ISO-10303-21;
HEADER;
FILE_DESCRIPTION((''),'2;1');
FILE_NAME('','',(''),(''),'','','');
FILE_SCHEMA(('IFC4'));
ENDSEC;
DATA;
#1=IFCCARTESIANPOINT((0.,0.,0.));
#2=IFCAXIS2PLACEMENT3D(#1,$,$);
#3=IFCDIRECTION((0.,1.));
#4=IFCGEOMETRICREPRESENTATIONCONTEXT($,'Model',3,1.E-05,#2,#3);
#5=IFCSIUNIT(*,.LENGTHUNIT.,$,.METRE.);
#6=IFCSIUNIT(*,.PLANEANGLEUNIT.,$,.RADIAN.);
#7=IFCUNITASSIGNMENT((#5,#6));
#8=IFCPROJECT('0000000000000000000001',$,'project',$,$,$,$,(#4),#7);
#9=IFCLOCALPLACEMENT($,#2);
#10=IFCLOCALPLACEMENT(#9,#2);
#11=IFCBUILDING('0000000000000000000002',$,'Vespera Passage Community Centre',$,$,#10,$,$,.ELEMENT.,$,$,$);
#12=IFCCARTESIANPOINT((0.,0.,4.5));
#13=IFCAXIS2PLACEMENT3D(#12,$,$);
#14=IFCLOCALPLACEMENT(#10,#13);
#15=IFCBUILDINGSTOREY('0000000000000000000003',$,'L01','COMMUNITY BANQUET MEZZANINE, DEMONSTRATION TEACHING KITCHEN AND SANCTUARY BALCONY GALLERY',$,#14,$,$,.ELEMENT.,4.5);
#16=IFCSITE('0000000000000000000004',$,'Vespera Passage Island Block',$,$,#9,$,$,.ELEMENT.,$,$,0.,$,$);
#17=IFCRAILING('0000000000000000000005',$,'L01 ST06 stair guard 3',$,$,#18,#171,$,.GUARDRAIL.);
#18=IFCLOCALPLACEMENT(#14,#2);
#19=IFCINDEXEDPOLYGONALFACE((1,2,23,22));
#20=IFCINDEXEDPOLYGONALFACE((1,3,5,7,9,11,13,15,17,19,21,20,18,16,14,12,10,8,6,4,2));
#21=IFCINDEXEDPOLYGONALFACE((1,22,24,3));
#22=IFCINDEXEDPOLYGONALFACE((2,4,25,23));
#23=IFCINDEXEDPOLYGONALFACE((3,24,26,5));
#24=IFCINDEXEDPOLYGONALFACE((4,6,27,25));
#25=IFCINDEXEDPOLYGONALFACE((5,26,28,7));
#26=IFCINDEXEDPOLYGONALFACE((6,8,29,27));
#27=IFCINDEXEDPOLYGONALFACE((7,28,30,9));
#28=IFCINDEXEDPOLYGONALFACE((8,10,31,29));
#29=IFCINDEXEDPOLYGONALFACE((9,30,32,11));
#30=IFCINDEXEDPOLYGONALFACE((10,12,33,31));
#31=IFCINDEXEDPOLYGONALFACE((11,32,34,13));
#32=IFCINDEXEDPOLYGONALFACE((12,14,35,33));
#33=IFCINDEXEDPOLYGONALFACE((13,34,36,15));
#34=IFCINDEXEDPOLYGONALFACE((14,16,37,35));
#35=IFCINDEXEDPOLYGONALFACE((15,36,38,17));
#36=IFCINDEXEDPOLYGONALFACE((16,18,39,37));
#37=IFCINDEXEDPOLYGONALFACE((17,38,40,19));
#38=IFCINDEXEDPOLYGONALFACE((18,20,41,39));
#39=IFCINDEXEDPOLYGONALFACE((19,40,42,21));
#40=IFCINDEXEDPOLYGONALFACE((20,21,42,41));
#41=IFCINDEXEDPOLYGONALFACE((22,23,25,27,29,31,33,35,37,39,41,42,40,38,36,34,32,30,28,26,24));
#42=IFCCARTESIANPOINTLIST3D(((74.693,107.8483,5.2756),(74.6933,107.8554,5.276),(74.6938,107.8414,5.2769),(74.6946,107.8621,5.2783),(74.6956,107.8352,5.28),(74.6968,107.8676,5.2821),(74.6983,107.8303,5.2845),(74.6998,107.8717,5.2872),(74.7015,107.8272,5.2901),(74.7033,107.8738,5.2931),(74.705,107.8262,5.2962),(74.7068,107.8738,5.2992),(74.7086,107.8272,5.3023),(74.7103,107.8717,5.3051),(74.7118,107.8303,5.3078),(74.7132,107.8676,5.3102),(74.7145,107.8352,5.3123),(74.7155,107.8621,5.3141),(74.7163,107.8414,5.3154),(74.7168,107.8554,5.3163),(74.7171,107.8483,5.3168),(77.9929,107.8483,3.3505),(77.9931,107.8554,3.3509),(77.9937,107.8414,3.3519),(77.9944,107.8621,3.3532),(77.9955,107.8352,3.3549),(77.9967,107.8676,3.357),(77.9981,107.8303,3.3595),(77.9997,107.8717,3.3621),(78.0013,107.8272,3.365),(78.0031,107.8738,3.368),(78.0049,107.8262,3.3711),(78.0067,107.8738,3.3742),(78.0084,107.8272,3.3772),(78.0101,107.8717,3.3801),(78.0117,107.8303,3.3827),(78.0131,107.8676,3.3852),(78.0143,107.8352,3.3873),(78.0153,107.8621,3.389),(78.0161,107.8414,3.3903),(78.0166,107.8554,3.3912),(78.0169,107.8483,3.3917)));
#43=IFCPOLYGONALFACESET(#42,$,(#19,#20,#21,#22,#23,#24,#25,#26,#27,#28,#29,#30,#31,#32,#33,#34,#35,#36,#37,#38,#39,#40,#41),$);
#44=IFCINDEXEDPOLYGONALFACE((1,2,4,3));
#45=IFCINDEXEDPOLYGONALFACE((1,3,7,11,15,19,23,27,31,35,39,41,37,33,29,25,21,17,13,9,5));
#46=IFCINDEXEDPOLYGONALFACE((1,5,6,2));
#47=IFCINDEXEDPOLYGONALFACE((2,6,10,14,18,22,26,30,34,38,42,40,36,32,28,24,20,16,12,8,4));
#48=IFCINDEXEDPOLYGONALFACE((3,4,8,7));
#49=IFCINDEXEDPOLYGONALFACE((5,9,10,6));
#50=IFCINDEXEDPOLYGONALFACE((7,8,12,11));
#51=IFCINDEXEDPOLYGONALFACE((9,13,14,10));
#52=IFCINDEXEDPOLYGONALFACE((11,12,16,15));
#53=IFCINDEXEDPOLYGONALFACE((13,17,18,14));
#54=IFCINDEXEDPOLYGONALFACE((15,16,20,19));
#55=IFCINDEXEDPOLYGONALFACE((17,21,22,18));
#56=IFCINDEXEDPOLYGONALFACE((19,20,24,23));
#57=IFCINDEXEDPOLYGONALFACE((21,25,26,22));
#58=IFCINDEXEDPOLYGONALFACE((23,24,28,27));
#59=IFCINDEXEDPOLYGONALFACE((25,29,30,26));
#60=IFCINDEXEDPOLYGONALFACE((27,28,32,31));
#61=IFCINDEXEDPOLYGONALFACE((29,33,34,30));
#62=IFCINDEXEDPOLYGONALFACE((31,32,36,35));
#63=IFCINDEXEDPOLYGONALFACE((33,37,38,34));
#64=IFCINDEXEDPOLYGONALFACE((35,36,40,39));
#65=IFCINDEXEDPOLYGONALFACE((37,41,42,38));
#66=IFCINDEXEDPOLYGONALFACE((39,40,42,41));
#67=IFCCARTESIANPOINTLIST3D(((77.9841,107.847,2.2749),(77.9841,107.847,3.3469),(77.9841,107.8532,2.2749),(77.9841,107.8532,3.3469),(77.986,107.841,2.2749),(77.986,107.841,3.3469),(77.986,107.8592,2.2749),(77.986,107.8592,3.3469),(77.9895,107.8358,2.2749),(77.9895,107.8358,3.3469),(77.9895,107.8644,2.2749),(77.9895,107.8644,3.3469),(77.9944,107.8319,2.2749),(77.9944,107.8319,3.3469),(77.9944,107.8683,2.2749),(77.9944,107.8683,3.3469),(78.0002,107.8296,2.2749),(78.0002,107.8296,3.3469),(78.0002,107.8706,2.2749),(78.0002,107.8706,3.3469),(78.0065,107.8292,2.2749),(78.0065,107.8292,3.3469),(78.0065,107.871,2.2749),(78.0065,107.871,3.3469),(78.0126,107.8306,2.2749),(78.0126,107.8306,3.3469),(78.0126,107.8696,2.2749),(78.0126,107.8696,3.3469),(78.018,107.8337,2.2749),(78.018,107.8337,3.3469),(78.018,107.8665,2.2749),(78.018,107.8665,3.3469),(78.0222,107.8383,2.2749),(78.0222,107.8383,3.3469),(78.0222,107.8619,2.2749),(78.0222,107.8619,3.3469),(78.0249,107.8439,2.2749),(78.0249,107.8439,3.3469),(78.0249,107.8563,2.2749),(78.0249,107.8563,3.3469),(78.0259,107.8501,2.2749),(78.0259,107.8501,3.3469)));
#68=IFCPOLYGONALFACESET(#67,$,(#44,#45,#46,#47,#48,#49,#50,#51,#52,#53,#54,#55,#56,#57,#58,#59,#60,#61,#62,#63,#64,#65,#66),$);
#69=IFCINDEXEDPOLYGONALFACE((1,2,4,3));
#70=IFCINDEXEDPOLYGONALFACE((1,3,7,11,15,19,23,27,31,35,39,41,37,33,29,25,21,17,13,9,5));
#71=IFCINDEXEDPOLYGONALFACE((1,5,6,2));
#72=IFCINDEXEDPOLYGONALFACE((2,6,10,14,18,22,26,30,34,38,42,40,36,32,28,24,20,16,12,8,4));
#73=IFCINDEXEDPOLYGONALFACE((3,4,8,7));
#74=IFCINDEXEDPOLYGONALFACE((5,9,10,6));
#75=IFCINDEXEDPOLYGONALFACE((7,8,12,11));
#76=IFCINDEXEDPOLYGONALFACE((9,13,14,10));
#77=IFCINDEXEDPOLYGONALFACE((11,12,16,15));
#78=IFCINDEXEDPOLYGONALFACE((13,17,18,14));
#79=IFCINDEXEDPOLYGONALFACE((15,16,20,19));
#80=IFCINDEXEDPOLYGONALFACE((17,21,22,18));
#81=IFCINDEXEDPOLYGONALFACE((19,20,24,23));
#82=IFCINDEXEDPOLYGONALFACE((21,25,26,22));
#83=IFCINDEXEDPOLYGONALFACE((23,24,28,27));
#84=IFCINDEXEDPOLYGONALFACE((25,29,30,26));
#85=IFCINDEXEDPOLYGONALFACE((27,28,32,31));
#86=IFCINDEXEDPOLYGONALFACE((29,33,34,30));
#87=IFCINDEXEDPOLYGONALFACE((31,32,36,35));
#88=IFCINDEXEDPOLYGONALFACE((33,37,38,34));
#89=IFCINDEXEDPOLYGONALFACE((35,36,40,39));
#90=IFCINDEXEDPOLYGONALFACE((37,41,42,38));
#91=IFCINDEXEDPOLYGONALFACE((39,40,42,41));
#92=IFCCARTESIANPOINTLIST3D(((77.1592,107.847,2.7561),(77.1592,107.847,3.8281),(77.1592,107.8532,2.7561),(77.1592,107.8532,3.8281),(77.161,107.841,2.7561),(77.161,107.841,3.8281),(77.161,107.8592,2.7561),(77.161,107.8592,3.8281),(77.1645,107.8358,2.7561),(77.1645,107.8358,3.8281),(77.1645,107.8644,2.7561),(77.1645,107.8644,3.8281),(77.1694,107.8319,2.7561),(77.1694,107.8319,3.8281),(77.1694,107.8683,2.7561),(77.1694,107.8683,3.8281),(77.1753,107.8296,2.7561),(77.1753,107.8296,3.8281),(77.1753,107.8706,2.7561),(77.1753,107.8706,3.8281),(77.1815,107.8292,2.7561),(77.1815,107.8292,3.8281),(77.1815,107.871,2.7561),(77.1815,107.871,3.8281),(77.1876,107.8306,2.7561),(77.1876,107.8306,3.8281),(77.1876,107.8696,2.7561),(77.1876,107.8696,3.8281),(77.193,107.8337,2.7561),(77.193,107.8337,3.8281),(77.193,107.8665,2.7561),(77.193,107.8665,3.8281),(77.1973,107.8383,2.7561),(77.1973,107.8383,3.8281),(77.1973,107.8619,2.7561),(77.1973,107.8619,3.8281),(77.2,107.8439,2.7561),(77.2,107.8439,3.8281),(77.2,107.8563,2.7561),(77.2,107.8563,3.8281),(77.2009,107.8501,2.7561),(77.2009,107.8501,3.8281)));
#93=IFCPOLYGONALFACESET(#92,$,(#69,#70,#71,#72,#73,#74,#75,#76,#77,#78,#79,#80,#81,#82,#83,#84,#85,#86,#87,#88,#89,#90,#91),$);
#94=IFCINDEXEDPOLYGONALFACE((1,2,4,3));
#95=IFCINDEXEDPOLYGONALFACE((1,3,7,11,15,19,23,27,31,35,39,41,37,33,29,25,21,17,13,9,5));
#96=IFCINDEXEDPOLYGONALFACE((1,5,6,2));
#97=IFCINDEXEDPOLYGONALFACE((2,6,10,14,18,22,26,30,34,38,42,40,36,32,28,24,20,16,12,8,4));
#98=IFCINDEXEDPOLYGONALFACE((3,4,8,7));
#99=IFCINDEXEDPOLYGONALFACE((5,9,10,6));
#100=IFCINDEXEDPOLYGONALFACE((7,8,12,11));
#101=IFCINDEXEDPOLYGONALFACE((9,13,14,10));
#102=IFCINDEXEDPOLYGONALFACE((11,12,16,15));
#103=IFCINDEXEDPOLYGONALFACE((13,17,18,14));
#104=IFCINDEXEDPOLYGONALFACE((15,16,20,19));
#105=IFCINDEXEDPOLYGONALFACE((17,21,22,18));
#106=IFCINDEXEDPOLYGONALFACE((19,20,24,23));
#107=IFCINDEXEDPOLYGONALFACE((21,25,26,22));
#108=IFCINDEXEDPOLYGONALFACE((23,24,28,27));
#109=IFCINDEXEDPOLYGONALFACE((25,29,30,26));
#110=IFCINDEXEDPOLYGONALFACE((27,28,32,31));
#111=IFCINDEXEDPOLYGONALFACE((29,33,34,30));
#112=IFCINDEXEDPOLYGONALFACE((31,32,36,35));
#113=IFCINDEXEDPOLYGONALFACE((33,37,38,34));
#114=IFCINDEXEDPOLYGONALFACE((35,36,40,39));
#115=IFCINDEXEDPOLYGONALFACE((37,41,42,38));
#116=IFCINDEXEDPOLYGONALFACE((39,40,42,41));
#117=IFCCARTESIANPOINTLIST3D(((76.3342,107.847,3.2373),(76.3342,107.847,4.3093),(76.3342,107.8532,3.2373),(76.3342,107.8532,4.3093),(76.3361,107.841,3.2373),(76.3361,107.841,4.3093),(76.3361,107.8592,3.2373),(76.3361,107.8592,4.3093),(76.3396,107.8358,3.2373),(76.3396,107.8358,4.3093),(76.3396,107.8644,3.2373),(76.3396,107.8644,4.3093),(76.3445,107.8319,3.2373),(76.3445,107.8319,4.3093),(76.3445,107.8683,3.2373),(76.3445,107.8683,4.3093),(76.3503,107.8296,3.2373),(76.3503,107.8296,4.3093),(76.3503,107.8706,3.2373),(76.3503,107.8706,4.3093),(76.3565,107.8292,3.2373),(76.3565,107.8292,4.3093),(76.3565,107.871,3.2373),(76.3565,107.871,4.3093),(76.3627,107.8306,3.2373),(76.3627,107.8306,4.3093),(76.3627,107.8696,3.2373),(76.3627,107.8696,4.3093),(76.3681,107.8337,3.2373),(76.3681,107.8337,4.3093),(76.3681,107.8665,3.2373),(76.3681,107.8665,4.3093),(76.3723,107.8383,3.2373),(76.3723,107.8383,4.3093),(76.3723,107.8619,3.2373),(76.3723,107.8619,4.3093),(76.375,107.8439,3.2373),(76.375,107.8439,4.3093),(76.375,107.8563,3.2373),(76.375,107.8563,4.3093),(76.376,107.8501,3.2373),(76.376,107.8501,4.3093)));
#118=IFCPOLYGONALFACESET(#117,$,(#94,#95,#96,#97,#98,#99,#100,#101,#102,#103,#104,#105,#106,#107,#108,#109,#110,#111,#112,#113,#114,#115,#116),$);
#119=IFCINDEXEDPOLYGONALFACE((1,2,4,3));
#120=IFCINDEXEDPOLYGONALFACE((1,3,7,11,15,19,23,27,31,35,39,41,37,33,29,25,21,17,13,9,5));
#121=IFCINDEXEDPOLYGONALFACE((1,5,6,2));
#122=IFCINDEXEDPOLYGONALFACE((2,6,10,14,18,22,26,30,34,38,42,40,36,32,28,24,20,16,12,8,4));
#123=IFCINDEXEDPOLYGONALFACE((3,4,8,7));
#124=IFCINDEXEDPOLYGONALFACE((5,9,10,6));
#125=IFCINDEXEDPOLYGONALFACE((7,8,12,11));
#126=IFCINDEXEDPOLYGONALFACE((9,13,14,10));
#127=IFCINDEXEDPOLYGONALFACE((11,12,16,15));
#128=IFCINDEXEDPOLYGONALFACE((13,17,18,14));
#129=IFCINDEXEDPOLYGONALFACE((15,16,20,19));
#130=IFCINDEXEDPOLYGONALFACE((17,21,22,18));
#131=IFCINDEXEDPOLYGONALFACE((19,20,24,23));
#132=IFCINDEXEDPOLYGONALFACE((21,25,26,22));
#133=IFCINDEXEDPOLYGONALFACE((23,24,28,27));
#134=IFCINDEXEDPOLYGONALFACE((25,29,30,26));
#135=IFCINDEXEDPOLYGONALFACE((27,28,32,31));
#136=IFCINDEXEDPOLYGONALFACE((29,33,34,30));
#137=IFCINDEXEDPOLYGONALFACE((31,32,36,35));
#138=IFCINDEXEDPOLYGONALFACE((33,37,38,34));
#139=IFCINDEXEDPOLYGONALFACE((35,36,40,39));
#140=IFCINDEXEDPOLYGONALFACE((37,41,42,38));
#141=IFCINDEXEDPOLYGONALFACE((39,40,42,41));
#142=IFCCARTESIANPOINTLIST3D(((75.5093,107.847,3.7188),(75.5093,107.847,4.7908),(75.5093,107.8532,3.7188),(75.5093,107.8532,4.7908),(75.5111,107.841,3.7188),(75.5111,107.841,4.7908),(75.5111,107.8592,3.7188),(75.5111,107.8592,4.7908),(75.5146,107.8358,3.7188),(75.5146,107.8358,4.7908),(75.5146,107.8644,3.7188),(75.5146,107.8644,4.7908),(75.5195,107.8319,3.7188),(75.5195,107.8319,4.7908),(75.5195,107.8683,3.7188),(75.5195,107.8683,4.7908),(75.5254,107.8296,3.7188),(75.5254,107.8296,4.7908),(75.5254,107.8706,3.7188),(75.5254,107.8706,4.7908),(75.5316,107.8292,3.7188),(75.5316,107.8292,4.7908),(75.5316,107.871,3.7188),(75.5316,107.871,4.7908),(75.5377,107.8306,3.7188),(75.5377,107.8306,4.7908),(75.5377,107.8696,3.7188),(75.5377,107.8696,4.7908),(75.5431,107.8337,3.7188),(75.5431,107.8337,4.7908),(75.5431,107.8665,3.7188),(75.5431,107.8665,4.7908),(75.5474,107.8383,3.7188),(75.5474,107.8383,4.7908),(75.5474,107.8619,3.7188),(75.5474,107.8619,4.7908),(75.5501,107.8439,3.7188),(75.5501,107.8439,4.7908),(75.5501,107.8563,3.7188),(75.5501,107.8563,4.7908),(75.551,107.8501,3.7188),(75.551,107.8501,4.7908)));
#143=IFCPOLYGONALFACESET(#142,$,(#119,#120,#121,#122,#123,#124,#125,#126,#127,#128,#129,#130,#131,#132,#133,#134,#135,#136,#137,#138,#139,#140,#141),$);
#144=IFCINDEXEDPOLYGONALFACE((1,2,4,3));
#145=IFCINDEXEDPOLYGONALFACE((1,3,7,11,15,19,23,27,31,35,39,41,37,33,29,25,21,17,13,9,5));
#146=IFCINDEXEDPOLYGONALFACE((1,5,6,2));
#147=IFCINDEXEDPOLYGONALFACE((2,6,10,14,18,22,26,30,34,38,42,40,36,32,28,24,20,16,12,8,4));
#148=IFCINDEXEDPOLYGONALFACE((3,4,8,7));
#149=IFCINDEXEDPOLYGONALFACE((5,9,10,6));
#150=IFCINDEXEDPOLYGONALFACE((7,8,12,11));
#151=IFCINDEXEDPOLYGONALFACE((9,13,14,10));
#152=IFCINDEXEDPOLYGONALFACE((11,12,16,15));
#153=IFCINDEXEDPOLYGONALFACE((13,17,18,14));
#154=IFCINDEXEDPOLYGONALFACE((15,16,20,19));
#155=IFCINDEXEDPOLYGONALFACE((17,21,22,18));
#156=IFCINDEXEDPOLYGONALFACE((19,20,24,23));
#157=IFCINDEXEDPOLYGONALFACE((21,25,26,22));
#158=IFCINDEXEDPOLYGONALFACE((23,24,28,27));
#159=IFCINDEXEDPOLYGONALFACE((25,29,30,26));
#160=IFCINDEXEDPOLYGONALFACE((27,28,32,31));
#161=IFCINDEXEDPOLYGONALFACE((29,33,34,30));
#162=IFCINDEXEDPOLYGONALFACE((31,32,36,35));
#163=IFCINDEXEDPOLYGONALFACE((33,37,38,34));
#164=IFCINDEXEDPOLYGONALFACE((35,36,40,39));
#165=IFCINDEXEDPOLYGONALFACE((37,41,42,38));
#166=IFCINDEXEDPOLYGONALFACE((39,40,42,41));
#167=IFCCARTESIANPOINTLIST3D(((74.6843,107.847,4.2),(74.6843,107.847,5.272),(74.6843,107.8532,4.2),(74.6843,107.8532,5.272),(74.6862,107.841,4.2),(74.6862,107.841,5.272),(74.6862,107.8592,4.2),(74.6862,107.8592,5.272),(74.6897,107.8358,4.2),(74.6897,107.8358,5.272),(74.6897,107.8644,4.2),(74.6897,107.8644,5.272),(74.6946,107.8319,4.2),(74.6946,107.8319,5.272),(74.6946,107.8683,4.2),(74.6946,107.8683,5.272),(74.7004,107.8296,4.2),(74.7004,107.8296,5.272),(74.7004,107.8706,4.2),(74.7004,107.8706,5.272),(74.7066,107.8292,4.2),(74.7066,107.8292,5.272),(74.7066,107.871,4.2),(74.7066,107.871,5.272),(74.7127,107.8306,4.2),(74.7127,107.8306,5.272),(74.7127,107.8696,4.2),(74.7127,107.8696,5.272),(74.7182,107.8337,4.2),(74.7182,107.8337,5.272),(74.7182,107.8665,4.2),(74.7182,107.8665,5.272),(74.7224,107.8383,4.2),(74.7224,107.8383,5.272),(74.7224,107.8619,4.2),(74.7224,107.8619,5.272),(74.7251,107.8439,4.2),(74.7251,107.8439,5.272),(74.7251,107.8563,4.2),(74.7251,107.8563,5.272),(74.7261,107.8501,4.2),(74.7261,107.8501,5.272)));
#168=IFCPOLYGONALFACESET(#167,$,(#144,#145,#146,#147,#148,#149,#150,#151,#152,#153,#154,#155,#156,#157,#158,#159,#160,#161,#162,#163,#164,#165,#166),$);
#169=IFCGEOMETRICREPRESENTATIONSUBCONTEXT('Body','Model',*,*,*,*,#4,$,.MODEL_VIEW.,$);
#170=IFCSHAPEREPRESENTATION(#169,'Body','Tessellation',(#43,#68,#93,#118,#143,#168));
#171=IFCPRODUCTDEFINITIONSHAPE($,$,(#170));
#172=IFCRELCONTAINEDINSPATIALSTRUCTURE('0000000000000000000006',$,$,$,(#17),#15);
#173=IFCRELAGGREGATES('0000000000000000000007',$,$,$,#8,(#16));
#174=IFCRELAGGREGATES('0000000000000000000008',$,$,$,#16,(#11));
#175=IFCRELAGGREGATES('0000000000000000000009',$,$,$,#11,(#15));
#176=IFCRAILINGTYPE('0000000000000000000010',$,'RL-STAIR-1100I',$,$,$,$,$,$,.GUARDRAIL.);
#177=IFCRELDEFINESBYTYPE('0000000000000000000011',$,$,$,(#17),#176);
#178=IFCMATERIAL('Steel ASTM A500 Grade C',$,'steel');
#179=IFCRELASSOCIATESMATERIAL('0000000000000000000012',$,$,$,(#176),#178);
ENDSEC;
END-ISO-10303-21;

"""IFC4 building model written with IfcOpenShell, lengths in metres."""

from ifc_helpers import new_model, si_unit, direction, frame, origin, origin_2d, place, context, subcontext, project, spatial, circle, extrude, material, type_object, element, save


model = new_model("IFC4")

# Units and contexts
model_context = context("Model", 3, precision=1e-05, world=origin(), true_north=direction((0.0, 1.0)))
body_context = subcontext(model_context, "Body", "Model", "MODEL_VIEW")
ifc_project = project(units=[si_unit("LENGTHUNIT", "METRE"), si_unit("PLANEANGLEUNIT", "RADIAN")], contexts=[model_context])

# Site, building, storey
site_placement = place(None, origin())
site = spatial("IfcSite", under=ifc_project, at=site_placement, Name="Vespera Passage Island Block", CompositionType="ELEMENT", RefElevation=0.0)
building_placement = place(site_placement, origin())
building = spatial("IfcBuilding", under=site, at=building_placement, Name="Vespera Passage Community Centre", CompositionType="ELEMENT")
storey_placement = place(building_placement, frame((0.0, 0.0, 4.5)))
storey = spatial("IfcBuildingStorey", under=building, at=storey_placement, Name="L01", Description="COMMUNITY BANQUET MEZZANINE, DEMONSTRATION TEACHING KITCHEN AND SANCTUARY BALCONY GALLERY", CompositionType="ELEMENT", Elevation=4.5)

# Railing
ifc_material_1 = material(Name="Steel ASTM A500 Grade C", Category="steel")
railing_type_1 = type_object("IfcRailingType", Name="RL-STAIR-1100I", PredefinedType="GUARDRAIL", material=ifc_material_1)
railing_1_placement = place(storey_placement, frame((78.0049, 107.8501, 2.2749)))
element("IfcRailing", 1, at=railing_1_placement, inside=storey, type_object=railing_type_1, Name="L01 ST06 stair guard 3", PredefinedType="GUARDRAIL", context=body_context, shape_type="SweptSolid", body=[
    extrude(circle(Radius=0.0239, at=origin_2d()), frame((0.0, 0.0, 1.0962), z_axis=(-0.86376, 0.0, 0.503903), x_axis=(0.0, -1.0, 0.0)), (0.0, 0.0, 1.0), 3.8203),
    extrude(circle(Radius=0.021, at=origin_2d()), origin(), (0.0, 0.0, 1.0), 1.072),
    extrude(circle(Radius=0.021, at=origin_2d()), frame((-0.825, 0.0, 0.4812)), (0.0, 0.0, 1.0), 1.072),
    extrude(circle(Radius=0.021, at=origin_2d()), frame((-1.6499, 0.0, 0.9624)), (0.0, 0.0, 1.0), 1.072),
    extrude(circle(Radius=0.021, at=origin_2d()), frame((-2.4749, 0.0, 1.4438)), (0.0, 0.0, 1.0), 1.072),
    extrude(circle(Radius=0.021, at=origin_2d()), frame((-3.2998, 0.0, 1.925)), (0.0, 0.0, 1.0), 1.072),
])

save(model, "model.ifc")
